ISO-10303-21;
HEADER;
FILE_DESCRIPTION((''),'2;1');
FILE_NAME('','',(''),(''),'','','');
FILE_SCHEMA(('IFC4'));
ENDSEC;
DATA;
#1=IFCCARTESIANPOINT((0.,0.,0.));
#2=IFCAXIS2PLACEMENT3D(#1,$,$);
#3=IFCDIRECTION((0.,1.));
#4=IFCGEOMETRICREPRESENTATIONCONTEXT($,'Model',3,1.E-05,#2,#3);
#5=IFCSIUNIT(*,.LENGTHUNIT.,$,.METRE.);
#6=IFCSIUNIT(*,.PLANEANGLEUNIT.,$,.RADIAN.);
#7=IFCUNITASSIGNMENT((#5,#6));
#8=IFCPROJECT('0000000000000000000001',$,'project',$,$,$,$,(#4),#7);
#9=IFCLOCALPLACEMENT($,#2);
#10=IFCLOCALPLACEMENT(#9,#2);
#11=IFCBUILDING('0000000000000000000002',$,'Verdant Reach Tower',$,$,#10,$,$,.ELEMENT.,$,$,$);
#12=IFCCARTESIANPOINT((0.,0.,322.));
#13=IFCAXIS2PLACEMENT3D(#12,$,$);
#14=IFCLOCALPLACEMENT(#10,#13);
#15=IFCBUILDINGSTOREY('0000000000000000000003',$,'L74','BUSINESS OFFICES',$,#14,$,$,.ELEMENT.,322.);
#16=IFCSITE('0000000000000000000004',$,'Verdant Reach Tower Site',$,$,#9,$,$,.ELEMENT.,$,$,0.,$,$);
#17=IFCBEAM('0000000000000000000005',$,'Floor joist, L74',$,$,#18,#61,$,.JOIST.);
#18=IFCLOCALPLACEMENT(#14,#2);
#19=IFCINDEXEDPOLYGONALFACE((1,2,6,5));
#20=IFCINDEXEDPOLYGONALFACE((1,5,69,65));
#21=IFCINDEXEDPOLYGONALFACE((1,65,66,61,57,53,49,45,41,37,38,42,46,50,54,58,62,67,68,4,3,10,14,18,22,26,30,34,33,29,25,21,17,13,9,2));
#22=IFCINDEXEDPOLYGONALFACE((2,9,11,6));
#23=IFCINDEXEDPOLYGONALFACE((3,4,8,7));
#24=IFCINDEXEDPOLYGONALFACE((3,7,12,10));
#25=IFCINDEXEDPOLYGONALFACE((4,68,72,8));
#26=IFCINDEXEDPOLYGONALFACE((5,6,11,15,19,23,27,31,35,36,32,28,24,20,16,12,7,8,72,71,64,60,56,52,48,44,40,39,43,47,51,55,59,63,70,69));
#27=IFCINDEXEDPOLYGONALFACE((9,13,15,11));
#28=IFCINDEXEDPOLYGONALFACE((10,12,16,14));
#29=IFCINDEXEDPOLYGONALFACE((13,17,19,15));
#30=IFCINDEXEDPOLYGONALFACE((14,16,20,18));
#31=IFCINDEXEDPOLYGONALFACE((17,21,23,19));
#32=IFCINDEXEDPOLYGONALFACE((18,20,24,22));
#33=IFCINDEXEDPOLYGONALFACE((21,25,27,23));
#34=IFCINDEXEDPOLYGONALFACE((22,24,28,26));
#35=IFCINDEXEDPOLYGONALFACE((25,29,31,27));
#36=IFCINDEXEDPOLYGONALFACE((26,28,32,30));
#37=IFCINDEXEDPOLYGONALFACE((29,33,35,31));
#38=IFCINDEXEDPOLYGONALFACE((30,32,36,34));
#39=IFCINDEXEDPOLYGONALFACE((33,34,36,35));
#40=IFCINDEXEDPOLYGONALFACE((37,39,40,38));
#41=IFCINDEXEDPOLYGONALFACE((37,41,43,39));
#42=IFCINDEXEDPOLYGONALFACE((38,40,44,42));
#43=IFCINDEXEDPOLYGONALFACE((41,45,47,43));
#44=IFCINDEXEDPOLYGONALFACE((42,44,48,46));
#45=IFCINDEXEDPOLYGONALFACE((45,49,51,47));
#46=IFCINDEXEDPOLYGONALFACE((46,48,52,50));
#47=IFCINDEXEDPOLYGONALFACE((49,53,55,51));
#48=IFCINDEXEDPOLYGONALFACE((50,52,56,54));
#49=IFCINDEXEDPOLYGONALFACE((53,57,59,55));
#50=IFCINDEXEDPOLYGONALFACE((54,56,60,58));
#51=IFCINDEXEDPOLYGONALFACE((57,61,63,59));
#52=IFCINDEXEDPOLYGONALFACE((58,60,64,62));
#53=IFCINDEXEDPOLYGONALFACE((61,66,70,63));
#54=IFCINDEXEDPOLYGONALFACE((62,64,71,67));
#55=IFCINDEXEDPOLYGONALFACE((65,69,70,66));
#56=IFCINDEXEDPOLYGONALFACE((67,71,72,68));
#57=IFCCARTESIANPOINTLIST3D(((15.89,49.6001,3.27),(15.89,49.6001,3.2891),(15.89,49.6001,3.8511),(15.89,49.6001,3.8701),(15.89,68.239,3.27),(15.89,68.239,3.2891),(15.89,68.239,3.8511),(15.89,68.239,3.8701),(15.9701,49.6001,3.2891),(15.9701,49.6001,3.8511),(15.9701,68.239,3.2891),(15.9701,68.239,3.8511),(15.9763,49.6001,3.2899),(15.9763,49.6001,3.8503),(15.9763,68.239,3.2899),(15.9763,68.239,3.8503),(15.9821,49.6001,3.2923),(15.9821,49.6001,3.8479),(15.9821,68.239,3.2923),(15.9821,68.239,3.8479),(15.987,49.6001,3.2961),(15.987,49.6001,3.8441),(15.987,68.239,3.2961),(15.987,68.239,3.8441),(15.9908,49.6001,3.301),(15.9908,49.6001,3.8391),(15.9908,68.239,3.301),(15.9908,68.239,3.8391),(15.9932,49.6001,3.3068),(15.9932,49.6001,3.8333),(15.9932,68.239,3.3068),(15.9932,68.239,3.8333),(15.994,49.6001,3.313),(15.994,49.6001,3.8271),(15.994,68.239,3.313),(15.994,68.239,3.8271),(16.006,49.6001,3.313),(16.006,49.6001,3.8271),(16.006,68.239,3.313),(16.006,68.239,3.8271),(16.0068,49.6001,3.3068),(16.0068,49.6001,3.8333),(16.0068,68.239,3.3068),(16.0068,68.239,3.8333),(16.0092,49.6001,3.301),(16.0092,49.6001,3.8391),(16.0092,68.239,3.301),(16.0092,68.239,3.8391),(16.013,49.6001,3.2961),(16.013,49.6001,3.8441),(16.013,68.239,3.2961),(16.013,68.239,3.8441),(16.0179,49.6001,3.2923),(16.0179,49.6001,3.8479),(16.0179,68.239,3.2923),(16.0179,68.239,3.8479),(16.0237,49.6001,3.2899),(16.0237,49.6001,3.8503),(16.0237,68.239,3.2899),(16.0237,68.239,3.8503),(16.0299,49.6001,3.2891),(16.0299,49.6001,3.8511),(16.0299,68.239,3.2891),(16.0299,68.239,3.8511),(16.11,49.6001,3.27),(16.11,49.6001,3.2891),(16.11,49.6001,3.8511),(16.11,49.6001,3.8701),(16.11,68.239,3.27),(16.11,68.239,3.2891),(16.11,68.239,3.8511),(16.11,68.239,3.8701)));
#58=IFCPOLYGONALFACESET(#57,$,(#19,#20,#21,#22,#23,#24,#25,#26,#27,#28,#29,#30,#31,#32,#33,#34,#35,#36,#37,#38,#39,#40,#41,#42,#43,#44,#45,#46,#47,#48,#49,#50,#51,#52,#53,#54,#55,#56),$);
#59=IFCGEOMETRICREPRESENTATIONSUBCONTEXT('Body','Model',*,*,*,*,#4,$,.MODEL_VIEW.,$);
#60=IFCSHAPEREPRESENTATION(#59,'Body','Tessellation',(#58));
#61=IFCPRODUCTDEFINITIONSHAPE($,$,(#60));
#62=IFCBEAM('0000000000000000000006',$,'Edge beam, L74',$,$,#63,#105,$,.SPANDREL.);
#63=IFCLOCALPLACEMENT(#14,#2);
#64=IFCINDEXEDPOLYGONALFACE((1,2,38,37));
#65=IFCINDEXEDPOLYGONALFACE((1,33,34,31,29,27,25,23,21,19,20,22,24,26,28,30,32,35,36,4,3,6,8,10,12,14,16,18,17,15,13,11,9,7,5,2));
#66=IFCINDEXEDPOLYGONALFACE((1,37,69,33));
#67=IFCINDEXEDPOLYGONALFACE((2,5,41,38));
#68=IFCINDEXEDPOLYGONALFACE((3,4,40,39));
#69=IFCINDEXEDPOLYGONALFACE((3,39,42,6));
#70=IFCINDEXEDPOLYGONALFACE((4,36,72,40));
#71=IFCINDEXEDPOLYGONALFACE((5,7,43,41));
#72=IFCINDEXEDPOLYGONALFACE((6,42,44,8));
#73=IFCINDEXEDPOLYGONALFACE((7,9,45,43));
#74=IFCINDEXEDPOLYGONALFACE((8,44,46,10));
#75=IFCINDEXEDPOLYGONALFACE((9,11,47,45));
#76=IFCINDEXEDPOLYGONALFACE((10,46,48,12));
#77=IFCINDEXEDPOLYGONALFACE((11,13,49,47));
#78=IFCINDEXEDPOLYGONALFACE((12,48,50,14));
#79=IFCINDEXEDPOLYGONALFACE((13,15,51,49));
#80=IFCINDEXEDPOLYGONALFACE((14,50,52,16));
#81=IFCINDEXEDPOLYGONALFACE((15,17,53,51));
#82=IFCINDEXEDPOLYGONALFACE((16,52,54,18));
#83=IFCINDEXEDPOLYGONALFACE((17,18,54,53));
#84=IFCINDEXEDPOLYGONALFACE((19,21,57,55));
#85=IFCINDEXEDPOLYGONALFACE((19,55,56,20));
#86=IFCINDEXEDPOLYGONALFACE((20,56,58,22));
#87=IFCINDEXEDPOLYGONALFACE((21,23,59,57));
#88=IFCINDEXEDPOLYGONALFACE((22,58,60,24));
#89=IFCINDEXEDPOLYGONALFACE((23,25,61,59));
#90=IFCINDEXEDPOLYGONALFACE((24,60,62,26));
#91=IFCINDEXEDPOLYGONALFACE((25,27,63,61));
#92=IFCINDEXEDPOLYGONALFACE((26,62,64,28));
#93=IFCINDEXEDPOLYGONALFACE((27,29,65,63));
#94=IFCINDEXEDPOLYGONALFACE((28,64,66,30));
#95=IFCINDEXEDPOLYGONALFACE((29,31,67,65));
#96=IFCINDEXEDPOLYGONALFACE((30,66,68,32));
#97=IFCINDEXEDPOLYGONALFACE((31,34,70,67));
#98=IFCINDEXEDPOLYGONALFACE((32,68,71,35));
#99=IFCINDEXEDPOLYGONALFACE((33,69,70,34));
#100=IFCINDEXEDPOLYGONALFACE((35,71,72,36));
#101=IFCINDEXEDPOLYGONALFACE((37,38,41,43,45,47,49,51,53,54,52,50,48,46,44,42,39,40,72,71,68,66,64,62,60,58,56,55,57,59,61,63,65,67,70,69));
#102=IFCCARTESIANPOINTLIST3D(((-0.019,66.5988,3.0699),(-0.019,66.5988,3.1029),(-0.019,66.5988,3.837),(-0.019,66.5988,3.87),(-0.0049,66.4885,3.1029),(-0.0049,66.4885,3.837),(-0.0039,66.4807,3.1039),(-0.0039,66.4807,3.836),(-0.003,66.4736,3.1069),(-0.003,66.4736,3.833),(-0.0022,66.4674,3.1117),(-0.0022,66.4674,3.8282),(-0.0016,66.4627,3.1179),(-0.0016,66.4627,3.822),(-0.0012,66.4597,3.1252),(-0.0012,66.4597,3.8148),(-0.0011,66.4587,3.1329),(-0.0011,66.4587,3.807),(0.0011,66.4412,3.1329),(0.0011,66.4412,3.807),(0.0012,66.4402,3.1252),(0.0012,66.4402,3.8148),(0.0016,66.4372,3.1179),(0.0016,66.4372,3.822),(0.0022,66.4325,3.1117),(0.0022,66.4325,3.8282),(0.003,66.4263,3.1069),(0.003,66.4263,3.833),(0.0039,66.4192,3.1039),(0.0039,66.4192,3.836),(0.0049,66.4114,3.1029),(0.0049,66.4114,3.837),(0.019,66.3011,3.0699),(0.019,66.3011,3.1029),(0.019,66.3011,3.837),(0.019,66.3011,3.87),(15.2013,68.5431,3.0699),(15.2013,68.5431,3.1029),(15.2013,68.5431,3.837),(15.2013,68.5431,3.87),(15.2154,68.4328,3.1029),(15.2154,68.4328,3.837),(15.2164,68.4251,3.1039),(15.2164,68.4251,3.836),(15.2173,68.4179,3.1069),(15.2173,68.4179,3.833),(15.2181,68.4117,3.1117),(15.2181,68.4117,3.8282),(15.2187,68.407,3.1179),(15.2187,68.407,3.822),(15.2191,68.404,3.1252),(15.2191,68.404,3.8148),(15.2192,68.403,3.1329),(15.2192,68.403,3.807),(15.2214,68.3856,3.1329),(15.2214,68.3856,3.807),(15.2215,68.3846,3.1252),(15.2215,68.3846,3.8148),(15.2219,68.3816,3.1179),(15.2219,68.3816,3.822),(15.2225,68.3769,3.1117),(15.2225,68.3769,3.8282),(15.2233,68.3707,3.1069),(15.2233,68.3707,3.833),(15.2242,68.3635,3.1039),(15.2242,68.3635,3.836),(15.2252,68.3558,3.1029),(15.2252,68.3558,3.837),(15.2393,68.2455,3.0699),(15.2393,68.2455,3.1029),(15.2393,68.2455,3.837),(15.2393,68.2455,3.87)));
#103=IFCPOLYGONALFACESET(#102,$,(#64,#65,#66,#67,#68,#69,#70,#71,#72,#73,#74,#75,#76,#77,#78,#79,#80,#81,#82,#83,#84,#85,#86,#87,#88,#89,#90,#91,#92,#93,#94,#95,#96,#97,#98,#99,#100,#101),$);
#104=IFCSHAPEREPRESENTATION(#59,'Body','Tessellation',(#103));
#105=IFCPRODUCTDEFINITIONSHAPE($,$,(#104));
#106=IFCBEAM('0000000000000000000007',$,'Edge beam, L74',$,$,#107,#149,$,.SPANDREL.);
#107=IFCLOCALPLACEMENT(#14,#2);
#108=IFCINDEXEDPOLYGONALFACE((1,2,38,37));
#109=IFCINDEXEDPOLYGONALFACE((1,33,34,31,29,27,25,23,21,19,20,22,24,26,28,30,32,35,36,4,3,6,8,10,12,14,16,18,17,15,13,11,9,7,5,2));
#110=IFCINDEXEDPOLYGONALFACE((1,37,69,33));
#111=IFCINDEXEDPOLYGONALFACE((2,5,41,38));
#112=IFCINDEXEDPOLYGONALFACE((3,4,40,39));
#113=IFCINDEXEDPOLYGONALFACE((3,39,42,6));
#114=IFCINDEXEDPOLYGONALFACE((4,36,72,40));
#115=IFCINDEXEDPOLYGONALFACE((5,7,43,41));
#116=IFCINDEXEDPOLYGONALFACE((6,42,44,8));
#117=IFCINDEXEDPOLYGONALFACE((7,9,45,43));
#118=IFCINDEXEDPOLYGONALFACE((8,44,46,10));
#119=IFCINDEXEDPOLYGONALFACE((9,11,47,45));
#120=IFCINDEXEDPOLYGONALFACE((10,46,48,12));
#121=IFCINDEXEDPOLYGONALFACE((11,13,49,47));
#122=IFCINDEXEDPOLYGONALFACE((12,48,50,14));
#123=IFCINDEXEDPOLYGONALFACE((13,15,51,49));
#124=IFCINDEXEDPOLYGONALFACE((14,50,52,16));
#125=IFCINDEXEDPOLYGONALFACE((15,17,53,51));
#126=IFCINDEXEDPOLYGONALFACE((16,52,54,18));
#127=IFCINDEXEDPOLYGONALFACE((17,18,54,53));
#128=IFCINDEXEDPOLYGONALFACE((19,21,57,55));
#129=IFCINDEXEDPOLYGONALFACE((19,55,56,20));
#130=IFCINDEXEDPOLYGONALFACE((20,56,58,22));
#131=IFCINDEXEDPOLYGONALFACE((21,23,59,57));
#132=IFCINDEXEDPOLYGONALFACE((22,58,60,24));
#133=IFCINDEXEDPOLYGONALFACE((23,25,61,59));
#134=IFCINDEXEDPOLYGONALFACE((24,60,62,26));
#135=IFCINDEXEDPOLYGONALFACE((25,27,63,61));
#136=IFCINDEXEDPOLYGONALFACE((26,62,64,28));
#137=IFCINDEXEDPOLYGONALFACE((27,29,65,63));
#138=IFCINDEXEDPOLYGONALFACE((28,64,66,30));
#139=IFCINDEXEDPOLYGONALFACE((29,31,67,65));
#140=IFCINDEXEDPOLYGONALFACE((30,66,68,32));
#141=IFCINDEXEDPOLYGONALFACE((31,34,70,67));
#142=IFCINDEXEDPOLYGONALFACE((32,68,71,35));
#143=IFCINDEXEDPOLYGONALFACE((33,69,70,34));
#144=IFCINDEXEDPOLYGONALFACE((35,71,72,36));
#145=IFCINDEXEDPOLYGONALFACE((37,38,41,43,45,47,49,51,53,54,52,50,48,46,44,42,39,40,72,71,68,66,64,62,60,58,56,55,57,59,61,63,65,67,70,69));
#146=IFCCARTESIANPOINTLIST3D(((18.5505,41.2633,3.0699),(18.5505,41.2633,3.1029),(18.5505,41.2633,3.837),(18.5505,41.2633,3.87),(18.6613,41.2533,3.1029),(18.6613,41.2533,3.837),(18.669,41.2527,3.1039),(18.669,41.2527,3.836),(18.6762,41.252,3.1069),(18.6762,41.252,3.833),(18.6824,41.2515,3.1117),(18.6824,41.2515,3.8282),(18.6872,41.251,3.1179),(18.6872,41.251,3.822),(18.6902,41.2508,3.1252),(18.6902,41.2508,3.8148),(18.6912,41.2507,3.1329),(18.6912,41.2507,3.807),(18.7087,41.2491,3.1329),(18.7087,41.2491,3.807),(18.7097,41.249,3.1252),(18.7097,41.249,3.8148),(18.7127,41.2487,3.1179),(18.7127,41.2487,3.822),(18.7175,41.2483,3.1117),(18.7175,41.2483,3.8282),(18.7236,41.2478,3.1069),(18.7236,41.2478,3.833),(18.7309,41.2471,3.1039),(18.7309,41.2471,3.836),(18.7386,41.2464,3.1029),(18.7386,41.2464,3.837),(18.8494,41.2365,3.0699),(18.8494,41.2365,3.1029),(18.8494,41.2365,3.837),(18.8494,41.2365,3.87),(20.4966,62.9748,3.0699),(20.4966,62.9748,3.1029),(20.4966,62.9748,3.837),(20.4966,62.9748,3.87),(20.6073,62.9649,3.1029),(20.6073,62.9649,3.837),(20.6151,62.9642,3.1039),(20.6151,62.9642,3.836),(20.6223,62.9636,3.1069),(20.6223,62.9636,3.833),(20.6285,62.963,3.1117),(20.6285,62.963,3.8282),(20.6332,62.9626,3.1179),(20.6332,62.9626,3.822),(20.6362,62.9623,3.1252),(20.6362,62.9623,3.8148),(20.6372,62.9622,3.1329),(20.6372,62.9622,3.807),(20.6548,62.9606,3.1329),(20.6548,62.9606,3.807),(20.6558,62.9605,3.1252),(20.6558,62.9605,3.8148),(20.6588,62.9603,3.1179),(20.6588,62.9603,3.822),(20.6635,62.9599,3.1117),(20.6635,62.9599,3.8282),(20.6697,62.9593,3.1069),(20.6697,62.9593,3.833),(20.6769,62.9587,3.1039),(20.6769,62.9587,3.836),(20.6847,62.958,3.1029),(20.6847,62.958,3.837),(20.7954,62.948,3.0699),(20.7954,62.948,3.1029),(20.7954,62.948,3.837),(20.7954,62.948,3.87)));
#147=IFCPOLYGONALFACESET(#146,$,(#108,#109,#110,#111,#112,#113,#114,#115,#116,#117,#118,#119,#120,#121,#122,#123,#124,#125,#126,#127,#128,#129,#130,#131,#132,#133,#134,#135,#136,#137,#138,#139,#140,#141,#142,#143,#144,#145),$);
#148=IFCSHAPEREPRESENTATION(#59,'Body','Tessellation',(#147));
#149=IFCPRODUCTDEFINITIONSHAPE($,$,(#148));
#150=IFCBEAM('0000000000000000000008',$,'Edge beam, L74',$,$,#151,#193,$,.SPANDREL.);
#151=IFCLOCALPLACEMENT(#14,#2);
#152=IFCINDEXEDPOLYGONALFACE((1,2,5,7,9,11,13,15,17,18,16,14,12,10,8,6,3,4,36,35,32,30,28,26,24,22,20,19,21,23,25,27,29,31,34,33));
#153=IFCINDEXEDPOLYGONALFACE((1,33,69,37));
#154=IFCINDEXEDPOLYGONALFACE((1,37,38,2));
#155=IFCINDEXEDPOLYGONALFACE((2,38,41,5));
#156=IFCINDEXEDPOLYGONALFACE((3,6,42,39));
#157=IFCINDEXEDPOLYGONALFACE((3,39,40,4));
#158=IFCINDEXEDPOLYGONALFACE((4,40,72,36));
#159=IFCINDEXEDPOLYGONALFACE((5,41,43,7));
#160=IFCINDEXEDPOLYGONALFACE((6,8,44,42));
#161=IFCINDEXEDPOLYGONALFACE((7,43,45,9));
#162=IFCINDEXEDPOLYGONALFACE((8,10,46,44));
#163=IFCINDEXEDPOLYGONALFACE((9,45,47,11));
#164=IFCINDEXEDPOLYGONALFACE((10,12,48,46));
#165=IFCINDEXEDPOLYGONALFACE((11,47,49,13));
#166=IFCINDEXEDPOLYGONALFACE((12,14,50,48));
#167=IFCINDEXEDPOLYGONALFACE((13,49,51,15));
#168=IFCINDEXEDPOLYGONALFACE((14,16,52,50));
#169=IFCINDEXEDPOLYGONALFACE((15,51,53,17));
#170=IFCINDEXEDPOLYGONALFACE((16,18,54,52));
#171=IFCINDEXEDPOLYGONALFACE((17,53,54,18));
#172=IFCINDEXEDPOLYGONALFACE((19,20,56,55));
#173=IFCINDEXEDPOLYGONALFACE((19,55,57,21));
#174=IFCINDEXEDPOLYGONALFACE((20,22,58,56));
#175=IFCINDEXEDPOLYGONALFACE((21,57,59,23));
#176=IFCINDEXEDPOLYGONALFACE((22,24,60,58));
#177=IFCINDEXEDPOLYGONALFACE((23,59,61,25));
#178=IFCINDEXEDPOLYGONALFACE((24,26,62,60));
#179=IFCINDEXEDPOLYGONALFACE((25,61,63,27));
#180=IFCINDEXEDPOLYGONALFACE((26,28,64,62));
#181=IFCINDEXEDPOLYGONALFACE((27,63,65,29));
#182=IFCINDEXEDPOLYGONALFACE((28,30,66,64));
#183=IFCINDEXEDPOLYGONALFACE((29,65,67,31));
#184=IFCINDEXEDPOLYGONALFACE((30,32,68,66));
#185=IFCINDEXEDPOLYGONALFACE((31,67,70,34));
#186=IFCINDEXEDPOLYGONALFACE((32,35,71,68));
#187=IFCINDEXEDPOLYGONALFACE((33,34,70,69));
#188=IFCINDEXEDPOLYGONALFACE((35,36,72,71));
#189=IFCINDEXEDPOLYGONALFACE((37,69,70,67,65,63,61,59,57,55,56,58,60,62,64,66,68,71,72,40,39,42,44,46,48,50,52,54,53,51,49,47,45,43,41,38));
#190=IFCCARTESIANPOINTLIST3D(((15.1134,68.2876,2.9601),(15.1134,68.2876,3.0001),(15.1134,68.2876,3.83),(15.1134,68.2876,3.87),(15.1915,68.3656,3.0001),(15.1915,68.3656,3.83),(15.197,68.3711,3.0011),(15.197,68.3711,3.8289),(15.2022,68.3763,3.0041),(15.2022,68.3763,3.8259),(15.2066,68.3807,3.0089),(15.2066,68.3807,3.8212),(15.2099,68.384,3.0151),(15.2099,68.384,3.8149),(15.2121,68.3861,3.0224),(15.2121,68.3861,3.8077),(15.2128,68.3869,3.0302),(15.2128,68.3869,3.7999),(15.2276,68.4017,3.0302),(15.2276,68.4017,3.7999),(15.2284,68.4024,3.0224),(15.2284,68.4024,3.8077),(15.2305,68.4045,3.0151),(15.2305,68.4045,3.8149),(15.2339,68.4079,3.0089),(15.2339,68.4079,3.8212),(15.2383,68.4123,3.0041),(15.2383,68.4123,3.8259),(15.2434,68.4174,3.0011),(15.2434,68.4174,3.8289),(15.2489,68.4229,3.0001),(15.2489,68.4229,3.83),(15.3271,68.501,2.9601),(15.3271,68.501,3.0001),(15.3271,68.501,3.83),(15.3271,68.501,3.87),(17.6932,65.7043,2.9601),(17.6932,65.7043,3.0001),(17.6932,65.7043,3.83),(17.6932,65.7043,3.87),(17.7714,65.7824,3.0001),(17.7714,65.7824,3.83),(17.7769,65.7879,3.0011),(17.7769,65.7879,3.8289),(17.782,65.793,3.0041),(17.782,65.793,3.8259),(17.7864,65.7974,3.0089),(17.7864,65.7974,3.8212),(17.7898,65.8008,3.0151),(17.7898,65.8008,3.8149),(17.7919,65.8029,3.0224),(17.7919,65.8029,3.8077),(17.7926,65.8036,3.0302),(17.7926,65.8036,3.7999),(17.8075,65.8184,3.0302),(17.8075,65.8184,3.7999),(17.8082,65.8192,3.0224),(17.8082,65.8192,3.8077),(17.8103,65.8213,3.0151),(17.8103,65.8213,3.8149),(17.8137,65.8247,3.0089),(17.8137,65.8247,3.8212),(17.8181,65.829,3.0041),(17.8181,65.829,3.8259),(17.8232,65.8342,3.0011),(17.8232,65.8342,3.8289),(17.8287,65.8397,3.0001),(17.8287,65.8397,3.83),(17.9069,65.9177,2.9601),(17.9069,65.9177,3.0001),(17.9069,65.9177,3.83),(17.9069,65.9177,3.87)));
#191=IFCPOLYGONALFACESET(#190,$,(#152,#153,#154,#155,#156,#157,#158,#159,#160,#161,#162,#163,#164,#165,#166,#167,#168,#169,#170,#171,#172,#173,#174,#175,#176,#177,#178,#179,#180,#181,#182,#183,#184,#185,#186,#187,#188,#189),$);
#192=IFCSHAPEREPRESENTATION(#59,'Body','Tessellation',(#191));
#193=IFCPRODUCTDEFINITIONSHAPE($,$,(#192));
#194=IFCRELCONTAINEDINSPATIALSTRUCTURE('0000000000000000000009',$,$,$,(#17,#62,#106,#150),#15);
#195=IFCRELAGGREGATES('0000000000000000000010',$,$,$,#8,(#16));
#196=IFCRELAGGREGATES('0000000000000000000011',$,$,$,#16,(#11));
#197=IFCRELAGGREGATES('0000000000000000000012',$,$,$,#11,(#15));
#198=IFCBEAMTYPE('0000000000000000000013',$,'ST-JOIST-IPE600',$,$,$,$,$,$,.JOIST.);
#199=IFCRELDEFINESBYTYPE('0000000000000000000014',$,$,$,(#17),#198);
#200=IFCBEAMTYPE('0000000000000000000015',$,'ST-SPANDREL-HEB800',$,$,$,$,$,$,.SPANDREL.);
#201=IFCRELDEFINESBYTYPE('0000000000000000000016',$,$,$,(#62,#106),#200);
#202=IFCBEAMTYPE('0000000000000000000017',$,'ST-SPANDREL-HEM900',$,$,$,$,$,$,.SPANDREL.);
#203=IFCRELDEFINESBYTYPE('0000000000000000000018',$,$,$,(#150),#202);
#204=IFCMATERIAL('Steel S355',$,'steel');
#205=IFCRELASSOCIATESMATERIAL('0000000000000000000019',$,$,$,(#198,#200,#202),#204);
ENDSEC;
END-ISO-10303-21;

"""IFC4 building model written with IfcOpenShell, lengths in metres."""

from ifc_helpers import new_model, si_unit, direction, frame, origin, origin_2d, place, context, subcontext, project, spatial, i_section, extrude, material, material_profile, profile_set, type_object, element, save


model = new_model("IFC4")

# Units and contexts
model_context = context("Model", 3, precision=1e-05, world=origin(), true_north=direction((0.0, 1.0)))
body_context = subcontext(model_context, "Body", "Model", "MODEL_VIEW")
ifc_project = project(units=[si_unit("LENGTHUNIT", "METRE"), si_unit("PLANEANGLEUNIT", "RADIAN")], contexts=[model_context])

# Site, building, storey
site_placement = place(None, origin())
site = spatial("IfcSite", under=ifc_project, at=site_placement, Name="Verdant Reach Tower Site", CompositionType="ELEMENT", RefElevation=0.0)
building_placement = place(site_placement, origin())
building = spatial("IfcBuilding", under=site, at=building_placement, Name="Verdant Reach Tower", CompositionType="ELEMENT")
storey_placement = place(building_placement, frame((0.0, 0.0, 322.0)))
storey = spatial("IfcBuildingStorey", under=building, at=storey_placement, Name="L74", Description="BUSINESS OFFICES", CompositionType="ELEMENT", Elevation=322.0)

# Beams
ifc_material_1 = material(Name="Steel S355", Category="steel")
ifc_material_profile_1 = material_profile(ifc_material_1, i_section(OverallWidth=0.22, OverallDepth=0.6001, WebThickness=0.012, FlangeThickness=0.019, FilletRadius=0.0239, at=origin_2d()), Name="IPE 600")
ifc_profile_set_1 = profile_set([ifc_material_profile_1], Name="Steel S355")
beam_type_1 = type_object("IfcBeamType", Name="ST-JOIST-IPE600", PredefinedType="JOIST", material=ifc_profile_set_1)
beam_1_placement = place(storey_placement, frame((16.0, 49.6001, 3.5701), z_axis=(0.0, 1.0, 0.0), x_axis=(-1.0, 0.0, 0.0)))
element("IfcBeam", 1, at=beam_1_placement, inside=storey, type_object=beam_type_1, Name="Floor joist, L74", PredefinedType="JOIST", context=body_context, shape_type="SweptSolid", body=[
    extrude(i_section(OverallWidth=0.22, OverallDepth=0.6001, WebThickness=0.012, FlangeThickness=0.019, FilletRadius=0.0239, at=origin_2d()), origin(), (0.0, 0.0, 1.0), 18.6389),
])
ifc_material_profile_2 = material_profile(ifc_material_1, i_section(OverallWidth=0.3, OverallDepth=0.8, WebThickness=0.0176, FlangeThickness=0.033, FilletRadius=0.03, at=origin_2d()), Name="HEB 800")
ifc_profile_set_2 = profile_set([ifc_material_profile_2], Name="Steel S355")
beam_type_2 = type_object("IfcBeamType", Name="ST-SPANDREL-HEB800", PredefinedType="SPANDREL", material=ifc_profile_set_2)
beam_2_placement = place(storey_placement, frame((0.0, 66.45, 3.47), z_axis=(0.991939, 0.126717, 0.0), x_axis=(-0.126717, 0.991939, 0.0)))
element("IfcBeam", 2, at=beam_2_placement, inside=storey, type_object=beam_type_2, Name="Edge beam, L74", PredefinedType="SPANDREL", context=body_context, shape_type="SweptSolid", body=[
    extrude(i_section(OverallWidth=0.3, OverallDepth=0.8, WebThickness=0.0176, FlangeThickness=0.033, FilletRadius=0.03, at=origin_2d()), origin(), (0.0, 0.0, 1.0), 15.344),
])
beam_3_placement = place(storey_placement, frame((20.646, 62.9614, 3.47), z_axis=(-0.089274, -0.996007, 0.0), x_axis=(0.996007, -0.089274, 0.0)))
element("IfcBeam", 3, at=beam_3_placement, inside=storey, type_object=beam_type_2, Name="Edge beam, L74", PredefinedType="SPANDREL", context=body_context, shape_type="SweptSolid", body=[
    extrude(i_section(OverallWidth=0.3, OverallDepth=0.8, WebThickness=0.0176, FlangeThickness=0.033, FilletRadius=0.03, at=origin_2d()), origin(), (0.0, 0.0, 1.0), 21.7986),
])
ifc_material_profile_3 = material_profile(ifc_material_1, i_section(OverallWidth=0.302, OverallDepth=0.9099, WebThickness=0.021, FlangeThickness=0.04, FilletRadius=0.03, at=origin_2d()), Name="HEM 900")
ifc_profile_set_3 = profile_set([ifc_material_profile_3], Name="Steel S355")
beam_type_3 = type_object("IfcBeamType", Name="ST-SPANDREL-HEM900", PredefinedType="SPANDREL", material=ifc_profile_set_3)
beam_4_placement = place(storey_placement, frame((15.2202, 68.3943, 3.415), z_axis=(0.706639, -0.707575, 0.0), x_axis=(0.707575, 0.706639, 0.0)))
element("IfcBeam", 4, at=beam_4_placement, inside=storey, type_object=beam_type_3, Name="Edge beam, L74", PredefinedType="SPANDREL", context=body_context, shape_type="SweptSolid", body=[
    extrude(i_section(OverallWidth=0.302, OverallDepth=0.9099, WebThickness=0.021, FlangeThickness=0.04, FilletRadius=0.03, at=origin_2d()), origin(), (0.0, 0.0, 1.0), 3.6509),
])

save(model, "model.ifc")
